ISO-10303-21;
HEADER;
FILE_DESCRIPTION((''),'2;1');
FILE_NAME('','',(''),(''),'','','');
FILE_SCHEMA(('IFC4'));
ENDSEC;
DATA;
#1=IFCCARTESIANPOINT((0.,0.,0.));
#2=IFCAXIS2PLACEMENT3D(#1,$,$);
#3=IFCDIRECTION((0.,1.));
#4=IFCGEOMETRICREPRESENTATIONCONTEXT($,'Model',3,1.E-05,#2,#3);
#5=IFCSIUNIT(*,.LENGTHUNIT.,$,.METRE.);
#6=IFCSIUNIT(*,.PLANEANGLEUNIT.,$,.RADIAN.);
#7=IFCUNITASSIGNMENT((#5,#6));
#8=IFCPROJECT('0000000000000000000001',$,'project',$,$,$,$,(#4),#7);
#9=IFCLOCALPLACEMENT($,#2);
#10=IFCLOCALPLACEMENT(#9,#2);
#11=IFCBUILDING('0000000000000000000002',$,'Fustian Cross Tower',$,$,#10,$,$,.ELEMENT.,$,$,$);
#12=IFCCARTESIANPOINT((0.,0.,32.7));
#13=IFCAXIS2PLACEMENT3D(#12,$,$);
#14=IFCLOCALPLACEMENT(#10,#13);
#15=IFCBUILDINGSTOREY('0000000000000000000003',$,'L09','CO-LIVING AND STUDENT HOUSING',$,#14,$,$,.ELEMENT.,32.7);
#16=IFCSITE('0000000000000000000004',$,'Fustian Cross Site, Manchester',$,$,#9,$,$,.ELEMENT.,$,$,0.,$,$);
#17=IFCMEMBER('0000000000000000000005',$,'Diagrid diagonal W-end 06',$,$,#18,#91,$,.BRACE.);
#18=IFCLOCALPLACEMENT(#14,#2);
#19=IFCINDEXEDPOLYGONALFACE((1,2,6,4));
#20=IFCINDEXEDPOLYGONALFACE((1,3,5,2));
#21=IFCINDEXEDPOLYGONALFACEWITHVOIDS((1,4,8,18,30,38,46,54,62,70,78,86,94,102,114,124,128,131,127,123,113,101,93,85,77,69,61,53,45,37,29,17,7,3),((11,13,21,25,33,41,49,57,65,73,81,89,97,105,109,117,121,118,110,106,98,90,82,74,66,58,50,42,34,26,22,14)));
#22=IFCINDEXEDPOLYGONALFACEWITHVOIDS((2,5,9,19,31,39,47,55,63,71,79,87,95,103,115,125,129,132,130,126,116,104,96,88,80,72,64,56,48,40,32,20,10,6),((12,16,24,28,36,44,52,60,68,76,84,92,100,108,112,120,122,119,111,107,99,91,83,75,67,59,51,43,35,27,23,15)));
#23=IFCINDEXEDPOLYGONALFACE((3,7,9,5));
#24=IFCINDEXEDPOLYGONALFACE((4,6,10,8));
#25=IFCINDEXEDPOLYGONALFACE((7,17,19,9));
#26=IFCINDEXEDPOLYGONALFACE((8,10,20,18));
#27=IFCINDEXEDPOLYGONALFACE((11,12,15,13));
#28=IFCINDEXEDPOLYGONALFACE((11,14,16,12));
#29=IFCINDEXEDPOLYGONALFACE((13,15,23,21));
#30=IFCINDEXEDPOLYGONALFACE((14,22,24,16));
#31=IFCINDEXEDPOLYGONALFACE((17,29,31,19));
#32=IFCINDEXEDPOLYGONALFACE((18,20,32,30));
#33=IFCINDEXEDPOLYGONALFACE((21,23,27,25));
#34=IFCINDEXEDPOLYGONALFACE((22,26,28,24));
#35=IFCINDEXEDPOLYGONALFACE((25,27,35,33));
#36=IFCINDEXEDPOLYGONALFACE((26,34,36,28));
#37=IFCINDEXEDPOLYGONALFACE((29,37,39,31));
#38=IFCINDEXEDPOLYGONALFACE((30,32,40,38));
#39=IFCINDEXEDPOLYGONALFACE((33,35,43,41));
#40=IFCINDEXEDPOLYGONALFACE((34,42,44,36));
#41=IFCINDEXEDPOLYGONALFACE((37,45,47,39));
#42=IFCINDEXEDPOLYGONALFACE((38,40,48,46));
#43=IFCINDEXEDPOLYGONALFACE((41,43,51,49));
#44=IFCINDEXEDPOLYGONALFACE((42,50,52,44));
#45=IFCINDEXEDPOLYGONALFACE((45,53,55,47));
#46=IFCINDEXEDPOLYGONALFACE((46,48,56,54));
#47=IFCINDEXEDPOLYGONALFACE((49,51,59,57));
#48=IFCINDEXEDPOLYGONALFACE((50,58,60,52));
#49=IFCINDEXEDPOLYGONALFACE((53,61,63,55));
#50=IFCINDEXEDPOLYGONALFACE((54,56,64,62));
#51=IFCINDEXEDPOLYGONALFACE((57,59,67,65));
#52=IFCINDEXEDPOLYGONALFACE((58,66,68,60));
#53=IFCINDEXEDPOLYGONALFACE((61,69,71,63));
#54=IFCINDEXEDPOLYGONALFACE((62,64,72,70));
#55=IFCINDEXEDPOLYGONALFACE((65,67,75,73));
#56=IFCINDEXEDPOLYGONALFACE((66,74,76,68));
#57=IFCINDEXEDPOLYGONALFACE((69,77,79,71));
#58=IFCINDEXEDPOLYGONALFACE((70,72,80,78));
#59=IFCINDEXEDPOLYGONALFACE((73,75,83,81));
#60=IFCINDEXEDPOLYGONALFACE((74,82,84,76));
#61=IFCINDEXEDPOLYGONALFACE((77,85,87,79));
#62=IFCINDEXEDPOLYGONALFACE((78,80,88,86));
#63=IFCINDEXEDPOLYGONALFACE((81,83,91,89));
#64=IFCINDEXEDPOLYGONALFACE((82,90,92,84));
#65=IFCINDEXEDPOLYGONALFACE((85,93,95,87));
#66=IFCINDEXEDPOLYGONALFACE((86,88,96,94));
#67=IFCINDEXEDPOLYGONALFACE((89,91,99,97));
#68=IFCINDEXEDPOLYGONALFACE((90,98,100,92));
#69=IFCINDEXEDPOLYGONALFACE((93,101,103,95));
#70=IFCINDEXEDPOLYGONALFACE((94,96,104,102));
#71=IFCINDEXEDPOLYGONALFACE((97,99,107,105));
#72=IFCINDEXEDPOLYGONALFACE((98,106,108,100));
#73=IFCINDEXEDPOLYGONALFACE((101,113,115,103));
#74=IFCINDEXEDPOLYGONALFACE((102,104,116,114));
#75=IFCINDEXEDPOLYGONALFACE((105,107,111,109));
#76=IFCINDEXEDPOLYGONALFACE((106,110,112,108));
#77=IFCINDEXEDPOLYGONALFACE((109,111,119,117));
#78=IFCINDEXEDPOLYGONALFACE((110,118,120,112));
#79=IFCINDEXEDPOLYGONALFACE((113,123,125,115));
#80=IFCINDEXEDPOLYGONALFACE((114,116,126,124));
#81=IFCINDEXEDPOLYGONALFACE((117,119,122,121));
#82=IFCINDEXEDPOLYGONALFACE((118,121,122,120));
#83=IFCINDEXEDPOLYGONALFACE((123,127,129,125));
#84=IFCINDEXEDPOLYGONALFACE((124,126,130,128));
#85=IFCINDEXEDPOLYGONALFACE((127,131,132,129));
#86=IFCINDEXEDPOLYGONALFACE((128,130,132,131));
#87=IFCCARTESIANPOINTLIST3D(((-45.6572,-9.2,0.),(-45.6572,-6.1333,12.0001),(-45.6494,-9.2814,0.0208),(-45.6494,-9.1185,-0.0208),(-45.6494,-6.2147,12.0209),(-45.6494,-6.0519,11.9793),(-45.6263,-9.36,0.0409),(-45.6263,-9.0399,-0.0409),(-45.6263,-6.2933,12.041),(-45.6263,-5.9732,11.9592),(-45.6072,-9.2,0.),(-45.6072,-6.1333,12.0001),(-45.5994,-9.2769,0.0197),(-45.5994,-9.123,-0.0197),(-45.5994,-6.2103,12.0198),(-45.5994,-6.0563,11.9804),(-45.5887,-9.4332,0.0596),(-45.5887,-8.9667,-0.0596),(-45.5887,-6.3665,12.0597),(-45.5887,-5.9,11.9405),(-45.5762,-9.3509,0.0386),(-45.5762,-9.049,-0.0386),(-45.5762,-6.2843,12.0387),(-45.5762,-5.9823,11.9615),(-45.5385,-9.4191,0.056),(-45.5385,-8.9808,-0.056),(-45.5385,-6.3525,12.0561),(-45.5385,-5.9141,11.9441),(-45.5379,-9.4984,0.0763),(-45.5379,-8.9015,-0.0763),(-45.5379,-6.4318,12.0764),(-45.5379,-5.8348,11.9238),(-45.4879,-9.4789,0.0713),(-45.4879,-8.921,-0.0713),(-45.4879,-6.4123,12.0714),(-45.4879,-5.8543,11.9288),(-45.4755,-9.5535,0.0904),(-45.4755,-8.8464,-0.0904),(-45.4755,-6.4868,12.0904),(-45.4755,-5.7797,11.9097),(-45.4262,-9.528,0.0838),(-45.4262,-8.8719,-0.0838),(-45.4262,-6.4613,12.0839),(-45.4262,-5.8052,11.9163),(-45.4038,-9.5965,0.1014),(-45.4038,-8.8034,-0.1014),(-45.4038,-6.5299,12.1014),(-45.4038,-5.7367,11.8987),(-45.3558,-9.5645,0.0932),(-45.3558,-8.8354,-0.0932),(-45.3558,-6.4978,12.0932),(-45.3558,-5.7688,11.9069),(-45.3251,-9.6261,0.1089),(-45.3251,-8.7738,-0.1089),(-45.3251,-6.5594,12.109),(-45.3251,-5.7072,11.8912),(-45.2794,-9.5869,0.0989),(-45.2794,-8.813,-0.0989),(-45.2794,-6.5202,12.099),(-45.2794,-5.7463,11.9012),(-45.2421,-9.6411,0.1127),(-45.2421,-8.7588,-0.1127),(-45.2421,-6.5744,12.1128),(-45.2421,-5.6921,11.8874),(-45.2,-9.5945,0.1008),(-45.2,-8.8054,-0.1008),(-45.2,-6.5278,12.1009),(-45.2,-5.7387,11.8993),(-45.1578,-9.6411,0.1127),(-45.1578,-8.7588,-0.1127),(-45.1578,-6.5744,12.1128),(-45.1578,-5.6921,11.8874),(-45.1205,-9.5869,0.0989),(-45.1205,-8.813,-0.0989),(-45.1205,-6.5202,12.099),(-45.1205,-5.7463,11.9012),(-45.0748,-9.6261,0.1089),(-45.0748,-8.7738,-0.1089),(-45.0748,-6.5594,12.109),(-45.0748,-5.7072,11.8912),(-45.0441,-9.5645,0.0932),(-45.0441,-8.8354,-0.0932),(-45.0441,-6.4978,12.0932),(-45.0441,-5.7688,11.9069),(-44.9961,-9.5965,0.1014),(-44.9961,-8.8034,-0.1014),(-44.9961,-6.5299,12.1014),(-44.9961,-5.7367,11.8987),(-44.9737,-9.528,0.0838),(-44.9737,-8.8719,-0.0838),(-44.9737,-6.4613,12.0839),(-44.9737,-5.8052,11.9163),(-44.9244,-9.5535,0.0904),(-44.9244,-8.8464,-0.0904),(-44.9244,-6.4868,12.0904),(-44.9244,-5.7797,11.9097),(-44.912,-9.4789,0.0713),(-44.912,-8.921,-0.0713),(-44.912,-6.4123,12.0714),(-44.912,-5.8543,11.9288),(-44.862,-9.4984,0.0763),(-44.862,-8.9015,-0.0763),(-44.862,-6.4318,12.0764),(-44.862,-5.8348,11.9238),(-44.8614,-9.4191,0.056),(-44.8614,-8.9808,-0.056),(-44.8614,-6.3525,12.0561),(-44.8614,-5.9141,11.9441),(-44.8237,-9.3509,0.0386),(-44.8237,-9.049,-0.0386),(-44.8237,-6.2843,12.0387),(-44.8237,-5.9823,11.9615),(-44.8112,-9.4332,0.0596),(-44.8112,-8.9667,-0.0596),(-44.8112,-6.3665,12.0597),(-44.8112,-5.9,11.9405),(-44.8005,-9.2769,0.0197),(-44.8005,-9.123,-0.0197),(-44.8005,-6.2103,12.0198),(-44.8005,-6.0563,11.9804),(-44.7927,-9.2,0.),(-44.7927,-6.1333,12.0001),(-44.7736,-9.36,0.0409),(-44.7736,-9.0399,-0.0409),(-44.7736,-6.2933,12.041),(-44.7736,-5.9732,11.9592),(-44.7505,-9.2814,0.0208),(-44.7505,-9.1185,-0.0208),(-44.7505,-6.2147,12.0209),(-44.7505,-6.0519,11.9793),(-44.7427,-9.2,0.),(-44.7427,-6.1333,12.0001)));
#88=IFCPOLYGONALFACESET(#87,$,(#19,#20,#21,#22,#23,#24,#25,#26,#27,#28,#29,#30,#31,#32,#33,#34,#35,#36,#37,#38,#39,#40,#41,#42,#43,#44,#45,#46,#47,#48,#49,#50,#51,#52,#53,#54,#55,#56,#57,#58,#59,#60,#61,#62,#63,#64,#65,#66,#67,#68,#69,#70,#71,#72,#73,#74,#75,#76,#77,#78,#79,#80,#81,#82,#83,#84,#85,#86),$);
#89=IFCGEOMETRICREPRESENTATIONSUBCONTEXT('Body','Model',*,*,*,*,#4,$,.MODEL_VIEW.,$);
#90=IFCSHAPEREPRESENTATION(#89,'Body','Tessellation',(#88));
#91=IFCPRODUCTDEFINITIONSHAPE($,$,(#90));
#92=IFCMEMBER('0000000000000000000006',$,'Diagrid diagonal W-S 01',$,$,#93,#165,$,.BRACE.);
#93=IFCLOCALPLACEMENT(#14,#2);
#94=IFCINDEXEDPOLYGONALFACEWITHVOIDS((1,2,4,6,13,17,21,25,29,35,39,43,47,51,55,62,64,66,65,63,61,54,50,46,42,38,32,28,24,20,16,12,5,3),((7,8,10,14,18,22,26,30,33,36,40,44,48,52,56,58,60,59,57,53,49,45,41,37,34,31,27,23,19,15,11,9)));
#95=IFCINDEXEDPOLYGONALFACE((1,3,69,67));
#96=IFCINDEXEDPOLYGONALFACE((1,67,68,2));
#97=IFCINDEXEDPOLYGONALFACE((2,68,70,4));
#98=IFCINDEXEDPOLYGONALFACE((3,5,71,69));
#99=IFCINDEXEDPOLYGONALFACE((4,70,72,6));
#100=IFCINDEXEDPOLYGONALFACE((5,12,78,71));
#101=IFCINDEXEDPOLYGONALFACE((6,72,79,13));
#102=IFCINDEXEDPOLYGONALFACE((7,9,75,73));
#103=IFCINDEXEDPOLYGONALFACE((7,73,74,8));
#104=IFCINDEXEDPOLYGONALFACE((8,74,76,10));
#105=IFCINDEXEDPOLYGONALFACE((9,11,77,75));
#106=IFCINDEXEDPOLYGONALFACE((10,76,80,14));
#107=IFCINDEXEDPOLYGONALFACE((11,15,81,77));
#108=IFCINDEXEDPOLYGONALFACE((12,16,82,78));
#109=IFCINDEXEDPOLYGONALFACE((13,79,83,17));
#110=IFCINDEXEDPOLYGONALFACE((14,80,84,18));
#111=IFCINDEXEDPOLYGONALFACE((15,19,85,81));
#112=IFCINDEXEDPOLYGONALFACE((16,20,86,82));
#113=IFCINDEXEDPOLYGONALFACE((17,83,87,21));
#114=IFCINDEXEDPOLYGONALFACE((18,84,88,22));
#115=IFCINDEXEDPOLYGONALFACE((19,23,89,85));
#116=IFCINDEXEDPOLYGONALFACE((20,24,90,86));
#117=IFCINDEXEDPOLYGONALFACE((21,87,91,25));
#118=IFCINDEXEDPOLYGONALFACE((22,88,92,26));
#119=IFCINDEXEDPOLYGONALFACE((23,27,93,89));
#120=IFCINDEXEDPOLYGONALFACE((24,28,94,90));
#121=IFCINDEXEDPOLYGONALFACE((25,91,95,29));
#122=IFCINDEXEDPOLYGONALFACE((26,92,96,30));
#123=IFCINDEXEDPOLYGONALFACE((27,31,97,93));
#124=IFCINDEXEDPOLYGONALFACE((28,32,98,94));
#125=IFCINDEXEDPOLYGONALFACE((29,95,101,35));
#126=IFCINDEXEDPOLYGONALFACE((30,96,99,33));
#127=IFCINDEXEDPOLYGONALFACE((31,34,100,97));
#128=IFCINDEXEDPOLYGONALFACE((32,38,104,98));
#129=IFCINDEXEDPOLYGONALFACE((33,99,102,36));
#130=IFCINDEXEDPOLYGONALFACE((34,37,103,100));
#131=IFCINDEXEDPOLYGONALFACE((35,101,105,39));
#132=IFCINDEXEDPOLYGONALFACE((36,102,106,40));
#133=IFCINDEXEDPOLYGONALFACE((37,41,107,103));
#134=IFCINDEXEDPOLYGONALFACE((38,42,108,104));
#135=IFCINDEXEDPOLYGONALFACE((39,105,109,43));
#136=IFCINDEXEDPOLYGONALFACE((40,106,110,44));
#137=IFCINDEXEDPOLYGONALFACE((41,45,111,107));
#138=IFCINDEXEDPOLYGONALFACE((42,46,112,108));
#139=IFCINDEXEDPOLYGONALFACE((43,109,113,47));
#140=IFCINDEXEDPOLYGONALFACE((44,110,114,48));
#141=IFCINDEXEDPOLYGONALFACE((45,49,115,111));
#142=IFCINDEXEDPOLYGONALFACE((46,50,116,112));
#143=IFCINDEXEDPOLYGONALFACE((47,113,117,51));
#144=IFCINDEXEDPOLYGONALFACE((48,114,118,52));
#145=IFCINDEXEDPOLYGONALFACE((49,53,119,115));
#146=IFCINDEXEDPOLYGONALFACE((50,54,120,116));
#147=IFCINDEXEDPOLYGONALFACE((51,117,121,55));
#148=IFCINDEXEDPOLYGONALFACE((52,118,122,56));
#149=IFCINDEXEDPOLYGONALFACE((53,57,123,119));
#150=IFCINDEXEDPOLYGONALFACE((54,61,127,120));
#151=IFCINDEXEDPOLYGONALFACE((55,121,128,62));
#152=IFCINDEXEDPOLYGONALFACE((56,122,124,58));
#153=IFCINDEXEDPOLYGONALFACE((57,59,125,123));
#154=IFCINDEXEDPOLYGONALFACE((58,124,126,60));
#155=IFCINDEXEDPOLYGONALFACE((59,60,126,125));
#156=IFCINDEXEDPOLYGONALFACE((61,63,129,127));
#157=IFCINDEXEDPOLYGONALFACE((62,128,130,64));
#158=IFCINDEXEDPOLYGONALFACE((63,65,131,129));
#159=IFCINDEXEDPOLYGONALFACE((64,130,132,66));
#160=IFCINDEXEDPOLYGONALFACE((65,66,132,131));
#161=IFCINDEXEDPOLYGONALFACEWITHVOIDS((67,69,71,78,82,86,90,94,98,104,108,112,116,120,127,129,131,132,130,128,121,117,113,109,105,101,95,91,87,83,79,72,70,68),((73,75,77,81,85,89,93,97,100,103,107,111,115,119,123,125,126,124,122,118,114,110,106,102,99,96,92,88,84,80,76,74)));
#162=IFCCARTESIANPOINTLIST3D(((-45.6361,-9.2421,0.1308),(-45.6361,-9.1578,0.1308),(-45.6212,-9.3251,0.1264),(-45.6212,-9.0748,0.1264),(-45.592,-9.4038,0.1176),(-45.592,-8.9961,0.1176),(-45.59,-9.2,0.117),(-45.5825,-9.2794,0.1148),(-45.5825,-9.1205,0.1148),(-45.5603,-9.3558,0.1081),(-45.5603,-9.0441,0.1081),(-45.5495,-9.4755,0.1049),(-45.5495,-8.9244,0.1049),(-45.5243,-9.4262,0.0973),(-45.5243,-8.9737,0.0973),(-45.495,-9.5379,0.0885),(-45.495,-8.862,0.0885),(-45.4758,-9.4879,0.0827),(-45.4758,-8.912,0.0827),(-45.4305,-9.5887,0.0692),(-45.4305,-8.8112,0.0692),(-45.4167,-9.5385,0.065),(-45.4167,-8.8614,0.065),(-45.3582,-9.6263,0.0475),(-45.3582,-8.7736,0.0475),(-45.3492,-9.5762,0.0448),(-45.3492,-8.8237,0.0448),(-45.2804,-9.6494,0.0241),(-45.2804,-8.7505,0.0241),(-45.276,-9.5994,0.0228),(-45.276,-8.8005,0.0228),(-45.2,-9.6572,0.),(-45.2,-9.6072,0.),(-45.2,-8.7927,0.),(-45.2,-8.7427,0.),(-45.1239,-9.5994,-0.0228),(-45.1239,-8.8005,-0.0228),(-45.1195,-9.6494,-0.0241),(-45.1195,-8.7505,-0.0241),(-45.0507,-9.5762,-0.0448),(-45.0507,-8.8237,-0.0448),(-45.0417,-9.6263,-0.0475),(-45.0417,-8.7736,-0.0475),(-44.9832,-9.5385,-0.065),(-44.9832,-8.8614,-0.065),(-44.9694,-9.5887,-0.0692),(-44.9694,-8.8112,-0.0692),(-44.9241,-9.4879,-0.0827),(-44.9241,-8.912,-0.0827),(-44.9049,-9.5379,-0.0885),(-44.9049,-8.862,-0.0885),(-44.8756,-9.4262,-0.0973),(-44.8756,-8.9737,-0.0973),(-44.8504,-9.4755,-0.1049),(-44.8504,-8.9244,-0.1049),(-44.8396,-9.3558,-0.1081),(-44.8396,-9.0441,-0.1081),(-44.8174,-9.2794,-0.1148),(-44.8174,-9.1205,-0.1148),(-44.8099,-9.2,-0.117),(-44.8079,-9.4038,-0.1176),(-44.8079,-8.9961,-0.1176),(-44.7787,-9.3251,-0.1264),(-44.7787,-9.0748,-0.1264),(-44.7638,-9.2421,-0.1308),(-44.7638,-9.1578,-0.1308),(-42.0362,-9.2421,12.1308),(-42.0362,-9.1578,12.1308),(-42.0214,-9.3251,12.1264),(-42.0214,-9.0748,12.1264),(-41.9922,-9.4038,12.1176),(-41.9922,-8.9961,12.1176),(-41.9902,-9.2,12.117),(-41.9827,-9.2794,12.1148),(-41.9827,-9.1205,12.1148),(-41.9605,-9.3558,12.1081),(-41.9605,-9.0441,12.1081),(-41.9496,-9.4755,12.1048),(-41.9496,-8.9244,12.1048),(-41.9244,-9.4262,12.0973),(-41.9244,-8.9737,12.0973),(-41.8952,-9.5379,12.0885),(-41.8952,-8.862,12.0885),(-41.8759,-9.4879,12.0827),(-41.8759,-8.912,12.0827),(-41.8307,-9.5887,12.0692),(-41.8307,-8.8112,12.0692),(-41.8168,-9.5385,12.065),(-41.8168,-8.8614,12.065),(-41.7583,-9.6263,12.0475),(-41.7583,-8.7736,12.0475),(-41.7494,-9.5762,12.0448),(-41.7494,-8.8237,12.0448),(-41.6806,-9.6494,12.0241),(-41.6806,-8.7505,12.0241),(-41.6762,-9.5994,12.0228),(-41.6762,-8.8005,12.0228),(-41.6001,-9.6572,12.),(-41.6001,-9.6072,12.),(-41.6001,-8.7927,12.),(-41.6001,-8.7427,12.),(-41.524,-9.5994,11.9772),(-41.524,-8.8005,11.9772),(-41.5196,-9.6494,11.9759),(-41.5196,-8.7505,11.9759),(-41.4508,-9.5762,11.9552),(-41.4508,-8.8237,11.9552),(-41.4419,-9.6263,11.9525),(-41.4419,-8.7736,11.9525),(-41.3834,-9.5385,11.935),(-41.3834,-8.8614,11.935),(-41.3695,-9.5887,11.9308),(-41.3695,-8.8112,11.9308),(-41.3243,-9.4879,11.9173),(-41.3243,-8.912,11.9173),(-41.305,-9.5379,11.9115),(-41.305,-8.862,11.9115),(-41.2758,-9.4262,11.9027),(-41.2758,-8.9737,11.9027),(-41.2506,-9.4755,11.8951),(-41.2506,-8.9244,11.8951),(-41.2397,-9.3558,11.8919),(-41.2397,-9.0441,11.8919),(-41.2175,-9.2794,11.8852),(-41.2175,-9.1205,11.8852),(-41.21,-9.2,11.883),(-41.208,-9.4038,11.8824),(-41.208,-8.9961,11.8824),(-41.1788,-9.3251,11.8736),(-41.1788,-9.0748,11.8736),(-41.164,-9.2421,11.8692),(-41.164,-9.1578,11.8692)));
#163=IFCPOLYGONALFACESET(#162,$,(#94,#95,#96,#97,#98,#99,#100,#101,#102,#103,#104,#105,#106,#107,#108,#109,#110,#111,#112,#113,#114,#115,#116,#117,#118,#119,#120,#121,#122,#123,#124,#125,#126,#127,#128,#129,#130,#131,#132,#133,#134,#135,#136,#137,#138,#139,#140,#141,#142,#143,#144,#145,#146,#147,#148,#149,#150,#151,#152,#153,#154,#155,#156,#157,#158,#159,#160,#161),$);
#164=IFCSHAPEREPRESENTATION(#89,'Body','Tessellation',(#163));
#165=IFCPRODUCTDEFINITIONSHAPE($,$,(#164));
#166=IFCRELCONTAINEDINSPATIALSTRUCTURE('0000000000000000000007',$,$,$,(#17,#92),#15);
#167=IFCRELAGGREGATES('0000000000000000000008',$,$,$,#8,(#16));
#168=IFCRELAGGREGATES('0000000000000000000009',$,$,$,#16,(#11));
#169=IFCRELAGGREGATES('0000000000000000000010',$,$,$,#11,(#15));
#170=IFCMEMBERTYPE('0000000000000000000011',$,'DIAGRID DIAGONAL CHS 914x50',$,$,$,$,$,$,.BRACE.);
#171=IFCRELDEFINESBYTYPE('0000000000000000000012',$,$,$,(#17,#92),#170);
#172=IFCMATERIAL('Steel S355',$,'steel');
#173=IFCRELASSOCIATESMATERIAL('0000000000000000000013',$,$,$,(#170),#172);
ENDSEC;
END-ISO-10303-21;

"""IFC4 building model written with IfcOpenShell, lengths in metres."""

from ifc_helpers import new_model, si_unit, direction, frame, origin, origin_2d, place, context, subcontext, project, spatial, hollow_circle, extrude, material, material_profile, profile_set, type_object, element, save


model = new_model("IFC4")

# Units and contexts
model_context = context("Model", 3, precision=1e-05, world=origin(), true_north=direction((0.0, 1.0)))
body_context = subcontext(model_context, "Body", "Model", "MODEL_VIEW")
ifc_project = project(units=[si_unit("LENGTHUNIT", "METRE"), si_unit("PLANEANGLEUNIT", "RADIAN")], contexts=[model_context])

# Site, building, storey
site_placement = place(None, origin())
site = spatial("IfcSite", under=ifc_project, at=site_placement, Name="Fustian Cross Site, Manchester", CompositionType="ELEMENT", RefElevation=0.0)
building_placement = place(site_placement, origin())
building = spatial("IfcBuilding", under=site, at=building_placement, Name="Fustian Cross Tower", CompositionType="ELEMENT")
storey_placement = place(building_placement, frame((0.0, 0.0, 32.7)))
storey = spatial("IfcBuildingStorey", under=building, at=storey_placement, Name="L09", Description="CO-LIVING AND STUDENT HOUSING", CompositionType="ELEMENT", Elevation=32.7)

# Members
ifc_material_1 = material(Name="Steel S355", Category="steel")
ifc_material_profile_1 = material_profile(ifc_material_1, hollow_circle(Radius=0.4573, WallThickness=0.05, at=origin_2d()), Name="CHS 914x50")
ifc_profile_set_1 = profile_set([ifc_material_profile_1], Name="Steel S355")
member_type_1 = type_object("IfcMemberType", Name="DIAGRID DIAGONAL CHS 914x50", PredefinedType="BRACE", material=ifc_profile_set_1)
member_1_placement = place(storey_placement, frame((-45.2, -9.2, 0.0), z_axis=(0.0, 0.247597, 0.968863), x_axis=(-1.0, 0.0, 0.0)))
element("IfcMember", 1, at=member_1_placement, inside=storey, type_object=member_type_1, Name="Diagrid diagonal W-end 06", PredefinedType="BRACE", context=body_context, shape_type="SweptSolid", body=[
    extrude(hollow_circle(Radius=0.4573, WallThickness=0.05, at=origin_2d()), origin(), (0.0, 0.0, 1.0), 12.3857),
])
for number, where, z_axis, x_axis, name in (
    (2, (-45.2, -9.2, 0.0), (0.287337, 0.0, 0.95783), (0.0, 1.0, 0.0), "Diagrid diagonal W-S 01"),
):
    element("IfcMember", number, at=place(storey_placement, frame(where, z_axis=z_axis, x_axis=x_axis)), inside=storey, type_object=member_type_1, Name=name, PredefinedType="BRACE", context=body_context, shape_type="SweptSolid", body=[
        extrude(hollow_circle(Radius=0.4573, WallThickness=0.05, at=origin_2d()), origin(), (0.0, 0.0, 1.0), 12.5283),
    ])

save(model, "model.ifc")
